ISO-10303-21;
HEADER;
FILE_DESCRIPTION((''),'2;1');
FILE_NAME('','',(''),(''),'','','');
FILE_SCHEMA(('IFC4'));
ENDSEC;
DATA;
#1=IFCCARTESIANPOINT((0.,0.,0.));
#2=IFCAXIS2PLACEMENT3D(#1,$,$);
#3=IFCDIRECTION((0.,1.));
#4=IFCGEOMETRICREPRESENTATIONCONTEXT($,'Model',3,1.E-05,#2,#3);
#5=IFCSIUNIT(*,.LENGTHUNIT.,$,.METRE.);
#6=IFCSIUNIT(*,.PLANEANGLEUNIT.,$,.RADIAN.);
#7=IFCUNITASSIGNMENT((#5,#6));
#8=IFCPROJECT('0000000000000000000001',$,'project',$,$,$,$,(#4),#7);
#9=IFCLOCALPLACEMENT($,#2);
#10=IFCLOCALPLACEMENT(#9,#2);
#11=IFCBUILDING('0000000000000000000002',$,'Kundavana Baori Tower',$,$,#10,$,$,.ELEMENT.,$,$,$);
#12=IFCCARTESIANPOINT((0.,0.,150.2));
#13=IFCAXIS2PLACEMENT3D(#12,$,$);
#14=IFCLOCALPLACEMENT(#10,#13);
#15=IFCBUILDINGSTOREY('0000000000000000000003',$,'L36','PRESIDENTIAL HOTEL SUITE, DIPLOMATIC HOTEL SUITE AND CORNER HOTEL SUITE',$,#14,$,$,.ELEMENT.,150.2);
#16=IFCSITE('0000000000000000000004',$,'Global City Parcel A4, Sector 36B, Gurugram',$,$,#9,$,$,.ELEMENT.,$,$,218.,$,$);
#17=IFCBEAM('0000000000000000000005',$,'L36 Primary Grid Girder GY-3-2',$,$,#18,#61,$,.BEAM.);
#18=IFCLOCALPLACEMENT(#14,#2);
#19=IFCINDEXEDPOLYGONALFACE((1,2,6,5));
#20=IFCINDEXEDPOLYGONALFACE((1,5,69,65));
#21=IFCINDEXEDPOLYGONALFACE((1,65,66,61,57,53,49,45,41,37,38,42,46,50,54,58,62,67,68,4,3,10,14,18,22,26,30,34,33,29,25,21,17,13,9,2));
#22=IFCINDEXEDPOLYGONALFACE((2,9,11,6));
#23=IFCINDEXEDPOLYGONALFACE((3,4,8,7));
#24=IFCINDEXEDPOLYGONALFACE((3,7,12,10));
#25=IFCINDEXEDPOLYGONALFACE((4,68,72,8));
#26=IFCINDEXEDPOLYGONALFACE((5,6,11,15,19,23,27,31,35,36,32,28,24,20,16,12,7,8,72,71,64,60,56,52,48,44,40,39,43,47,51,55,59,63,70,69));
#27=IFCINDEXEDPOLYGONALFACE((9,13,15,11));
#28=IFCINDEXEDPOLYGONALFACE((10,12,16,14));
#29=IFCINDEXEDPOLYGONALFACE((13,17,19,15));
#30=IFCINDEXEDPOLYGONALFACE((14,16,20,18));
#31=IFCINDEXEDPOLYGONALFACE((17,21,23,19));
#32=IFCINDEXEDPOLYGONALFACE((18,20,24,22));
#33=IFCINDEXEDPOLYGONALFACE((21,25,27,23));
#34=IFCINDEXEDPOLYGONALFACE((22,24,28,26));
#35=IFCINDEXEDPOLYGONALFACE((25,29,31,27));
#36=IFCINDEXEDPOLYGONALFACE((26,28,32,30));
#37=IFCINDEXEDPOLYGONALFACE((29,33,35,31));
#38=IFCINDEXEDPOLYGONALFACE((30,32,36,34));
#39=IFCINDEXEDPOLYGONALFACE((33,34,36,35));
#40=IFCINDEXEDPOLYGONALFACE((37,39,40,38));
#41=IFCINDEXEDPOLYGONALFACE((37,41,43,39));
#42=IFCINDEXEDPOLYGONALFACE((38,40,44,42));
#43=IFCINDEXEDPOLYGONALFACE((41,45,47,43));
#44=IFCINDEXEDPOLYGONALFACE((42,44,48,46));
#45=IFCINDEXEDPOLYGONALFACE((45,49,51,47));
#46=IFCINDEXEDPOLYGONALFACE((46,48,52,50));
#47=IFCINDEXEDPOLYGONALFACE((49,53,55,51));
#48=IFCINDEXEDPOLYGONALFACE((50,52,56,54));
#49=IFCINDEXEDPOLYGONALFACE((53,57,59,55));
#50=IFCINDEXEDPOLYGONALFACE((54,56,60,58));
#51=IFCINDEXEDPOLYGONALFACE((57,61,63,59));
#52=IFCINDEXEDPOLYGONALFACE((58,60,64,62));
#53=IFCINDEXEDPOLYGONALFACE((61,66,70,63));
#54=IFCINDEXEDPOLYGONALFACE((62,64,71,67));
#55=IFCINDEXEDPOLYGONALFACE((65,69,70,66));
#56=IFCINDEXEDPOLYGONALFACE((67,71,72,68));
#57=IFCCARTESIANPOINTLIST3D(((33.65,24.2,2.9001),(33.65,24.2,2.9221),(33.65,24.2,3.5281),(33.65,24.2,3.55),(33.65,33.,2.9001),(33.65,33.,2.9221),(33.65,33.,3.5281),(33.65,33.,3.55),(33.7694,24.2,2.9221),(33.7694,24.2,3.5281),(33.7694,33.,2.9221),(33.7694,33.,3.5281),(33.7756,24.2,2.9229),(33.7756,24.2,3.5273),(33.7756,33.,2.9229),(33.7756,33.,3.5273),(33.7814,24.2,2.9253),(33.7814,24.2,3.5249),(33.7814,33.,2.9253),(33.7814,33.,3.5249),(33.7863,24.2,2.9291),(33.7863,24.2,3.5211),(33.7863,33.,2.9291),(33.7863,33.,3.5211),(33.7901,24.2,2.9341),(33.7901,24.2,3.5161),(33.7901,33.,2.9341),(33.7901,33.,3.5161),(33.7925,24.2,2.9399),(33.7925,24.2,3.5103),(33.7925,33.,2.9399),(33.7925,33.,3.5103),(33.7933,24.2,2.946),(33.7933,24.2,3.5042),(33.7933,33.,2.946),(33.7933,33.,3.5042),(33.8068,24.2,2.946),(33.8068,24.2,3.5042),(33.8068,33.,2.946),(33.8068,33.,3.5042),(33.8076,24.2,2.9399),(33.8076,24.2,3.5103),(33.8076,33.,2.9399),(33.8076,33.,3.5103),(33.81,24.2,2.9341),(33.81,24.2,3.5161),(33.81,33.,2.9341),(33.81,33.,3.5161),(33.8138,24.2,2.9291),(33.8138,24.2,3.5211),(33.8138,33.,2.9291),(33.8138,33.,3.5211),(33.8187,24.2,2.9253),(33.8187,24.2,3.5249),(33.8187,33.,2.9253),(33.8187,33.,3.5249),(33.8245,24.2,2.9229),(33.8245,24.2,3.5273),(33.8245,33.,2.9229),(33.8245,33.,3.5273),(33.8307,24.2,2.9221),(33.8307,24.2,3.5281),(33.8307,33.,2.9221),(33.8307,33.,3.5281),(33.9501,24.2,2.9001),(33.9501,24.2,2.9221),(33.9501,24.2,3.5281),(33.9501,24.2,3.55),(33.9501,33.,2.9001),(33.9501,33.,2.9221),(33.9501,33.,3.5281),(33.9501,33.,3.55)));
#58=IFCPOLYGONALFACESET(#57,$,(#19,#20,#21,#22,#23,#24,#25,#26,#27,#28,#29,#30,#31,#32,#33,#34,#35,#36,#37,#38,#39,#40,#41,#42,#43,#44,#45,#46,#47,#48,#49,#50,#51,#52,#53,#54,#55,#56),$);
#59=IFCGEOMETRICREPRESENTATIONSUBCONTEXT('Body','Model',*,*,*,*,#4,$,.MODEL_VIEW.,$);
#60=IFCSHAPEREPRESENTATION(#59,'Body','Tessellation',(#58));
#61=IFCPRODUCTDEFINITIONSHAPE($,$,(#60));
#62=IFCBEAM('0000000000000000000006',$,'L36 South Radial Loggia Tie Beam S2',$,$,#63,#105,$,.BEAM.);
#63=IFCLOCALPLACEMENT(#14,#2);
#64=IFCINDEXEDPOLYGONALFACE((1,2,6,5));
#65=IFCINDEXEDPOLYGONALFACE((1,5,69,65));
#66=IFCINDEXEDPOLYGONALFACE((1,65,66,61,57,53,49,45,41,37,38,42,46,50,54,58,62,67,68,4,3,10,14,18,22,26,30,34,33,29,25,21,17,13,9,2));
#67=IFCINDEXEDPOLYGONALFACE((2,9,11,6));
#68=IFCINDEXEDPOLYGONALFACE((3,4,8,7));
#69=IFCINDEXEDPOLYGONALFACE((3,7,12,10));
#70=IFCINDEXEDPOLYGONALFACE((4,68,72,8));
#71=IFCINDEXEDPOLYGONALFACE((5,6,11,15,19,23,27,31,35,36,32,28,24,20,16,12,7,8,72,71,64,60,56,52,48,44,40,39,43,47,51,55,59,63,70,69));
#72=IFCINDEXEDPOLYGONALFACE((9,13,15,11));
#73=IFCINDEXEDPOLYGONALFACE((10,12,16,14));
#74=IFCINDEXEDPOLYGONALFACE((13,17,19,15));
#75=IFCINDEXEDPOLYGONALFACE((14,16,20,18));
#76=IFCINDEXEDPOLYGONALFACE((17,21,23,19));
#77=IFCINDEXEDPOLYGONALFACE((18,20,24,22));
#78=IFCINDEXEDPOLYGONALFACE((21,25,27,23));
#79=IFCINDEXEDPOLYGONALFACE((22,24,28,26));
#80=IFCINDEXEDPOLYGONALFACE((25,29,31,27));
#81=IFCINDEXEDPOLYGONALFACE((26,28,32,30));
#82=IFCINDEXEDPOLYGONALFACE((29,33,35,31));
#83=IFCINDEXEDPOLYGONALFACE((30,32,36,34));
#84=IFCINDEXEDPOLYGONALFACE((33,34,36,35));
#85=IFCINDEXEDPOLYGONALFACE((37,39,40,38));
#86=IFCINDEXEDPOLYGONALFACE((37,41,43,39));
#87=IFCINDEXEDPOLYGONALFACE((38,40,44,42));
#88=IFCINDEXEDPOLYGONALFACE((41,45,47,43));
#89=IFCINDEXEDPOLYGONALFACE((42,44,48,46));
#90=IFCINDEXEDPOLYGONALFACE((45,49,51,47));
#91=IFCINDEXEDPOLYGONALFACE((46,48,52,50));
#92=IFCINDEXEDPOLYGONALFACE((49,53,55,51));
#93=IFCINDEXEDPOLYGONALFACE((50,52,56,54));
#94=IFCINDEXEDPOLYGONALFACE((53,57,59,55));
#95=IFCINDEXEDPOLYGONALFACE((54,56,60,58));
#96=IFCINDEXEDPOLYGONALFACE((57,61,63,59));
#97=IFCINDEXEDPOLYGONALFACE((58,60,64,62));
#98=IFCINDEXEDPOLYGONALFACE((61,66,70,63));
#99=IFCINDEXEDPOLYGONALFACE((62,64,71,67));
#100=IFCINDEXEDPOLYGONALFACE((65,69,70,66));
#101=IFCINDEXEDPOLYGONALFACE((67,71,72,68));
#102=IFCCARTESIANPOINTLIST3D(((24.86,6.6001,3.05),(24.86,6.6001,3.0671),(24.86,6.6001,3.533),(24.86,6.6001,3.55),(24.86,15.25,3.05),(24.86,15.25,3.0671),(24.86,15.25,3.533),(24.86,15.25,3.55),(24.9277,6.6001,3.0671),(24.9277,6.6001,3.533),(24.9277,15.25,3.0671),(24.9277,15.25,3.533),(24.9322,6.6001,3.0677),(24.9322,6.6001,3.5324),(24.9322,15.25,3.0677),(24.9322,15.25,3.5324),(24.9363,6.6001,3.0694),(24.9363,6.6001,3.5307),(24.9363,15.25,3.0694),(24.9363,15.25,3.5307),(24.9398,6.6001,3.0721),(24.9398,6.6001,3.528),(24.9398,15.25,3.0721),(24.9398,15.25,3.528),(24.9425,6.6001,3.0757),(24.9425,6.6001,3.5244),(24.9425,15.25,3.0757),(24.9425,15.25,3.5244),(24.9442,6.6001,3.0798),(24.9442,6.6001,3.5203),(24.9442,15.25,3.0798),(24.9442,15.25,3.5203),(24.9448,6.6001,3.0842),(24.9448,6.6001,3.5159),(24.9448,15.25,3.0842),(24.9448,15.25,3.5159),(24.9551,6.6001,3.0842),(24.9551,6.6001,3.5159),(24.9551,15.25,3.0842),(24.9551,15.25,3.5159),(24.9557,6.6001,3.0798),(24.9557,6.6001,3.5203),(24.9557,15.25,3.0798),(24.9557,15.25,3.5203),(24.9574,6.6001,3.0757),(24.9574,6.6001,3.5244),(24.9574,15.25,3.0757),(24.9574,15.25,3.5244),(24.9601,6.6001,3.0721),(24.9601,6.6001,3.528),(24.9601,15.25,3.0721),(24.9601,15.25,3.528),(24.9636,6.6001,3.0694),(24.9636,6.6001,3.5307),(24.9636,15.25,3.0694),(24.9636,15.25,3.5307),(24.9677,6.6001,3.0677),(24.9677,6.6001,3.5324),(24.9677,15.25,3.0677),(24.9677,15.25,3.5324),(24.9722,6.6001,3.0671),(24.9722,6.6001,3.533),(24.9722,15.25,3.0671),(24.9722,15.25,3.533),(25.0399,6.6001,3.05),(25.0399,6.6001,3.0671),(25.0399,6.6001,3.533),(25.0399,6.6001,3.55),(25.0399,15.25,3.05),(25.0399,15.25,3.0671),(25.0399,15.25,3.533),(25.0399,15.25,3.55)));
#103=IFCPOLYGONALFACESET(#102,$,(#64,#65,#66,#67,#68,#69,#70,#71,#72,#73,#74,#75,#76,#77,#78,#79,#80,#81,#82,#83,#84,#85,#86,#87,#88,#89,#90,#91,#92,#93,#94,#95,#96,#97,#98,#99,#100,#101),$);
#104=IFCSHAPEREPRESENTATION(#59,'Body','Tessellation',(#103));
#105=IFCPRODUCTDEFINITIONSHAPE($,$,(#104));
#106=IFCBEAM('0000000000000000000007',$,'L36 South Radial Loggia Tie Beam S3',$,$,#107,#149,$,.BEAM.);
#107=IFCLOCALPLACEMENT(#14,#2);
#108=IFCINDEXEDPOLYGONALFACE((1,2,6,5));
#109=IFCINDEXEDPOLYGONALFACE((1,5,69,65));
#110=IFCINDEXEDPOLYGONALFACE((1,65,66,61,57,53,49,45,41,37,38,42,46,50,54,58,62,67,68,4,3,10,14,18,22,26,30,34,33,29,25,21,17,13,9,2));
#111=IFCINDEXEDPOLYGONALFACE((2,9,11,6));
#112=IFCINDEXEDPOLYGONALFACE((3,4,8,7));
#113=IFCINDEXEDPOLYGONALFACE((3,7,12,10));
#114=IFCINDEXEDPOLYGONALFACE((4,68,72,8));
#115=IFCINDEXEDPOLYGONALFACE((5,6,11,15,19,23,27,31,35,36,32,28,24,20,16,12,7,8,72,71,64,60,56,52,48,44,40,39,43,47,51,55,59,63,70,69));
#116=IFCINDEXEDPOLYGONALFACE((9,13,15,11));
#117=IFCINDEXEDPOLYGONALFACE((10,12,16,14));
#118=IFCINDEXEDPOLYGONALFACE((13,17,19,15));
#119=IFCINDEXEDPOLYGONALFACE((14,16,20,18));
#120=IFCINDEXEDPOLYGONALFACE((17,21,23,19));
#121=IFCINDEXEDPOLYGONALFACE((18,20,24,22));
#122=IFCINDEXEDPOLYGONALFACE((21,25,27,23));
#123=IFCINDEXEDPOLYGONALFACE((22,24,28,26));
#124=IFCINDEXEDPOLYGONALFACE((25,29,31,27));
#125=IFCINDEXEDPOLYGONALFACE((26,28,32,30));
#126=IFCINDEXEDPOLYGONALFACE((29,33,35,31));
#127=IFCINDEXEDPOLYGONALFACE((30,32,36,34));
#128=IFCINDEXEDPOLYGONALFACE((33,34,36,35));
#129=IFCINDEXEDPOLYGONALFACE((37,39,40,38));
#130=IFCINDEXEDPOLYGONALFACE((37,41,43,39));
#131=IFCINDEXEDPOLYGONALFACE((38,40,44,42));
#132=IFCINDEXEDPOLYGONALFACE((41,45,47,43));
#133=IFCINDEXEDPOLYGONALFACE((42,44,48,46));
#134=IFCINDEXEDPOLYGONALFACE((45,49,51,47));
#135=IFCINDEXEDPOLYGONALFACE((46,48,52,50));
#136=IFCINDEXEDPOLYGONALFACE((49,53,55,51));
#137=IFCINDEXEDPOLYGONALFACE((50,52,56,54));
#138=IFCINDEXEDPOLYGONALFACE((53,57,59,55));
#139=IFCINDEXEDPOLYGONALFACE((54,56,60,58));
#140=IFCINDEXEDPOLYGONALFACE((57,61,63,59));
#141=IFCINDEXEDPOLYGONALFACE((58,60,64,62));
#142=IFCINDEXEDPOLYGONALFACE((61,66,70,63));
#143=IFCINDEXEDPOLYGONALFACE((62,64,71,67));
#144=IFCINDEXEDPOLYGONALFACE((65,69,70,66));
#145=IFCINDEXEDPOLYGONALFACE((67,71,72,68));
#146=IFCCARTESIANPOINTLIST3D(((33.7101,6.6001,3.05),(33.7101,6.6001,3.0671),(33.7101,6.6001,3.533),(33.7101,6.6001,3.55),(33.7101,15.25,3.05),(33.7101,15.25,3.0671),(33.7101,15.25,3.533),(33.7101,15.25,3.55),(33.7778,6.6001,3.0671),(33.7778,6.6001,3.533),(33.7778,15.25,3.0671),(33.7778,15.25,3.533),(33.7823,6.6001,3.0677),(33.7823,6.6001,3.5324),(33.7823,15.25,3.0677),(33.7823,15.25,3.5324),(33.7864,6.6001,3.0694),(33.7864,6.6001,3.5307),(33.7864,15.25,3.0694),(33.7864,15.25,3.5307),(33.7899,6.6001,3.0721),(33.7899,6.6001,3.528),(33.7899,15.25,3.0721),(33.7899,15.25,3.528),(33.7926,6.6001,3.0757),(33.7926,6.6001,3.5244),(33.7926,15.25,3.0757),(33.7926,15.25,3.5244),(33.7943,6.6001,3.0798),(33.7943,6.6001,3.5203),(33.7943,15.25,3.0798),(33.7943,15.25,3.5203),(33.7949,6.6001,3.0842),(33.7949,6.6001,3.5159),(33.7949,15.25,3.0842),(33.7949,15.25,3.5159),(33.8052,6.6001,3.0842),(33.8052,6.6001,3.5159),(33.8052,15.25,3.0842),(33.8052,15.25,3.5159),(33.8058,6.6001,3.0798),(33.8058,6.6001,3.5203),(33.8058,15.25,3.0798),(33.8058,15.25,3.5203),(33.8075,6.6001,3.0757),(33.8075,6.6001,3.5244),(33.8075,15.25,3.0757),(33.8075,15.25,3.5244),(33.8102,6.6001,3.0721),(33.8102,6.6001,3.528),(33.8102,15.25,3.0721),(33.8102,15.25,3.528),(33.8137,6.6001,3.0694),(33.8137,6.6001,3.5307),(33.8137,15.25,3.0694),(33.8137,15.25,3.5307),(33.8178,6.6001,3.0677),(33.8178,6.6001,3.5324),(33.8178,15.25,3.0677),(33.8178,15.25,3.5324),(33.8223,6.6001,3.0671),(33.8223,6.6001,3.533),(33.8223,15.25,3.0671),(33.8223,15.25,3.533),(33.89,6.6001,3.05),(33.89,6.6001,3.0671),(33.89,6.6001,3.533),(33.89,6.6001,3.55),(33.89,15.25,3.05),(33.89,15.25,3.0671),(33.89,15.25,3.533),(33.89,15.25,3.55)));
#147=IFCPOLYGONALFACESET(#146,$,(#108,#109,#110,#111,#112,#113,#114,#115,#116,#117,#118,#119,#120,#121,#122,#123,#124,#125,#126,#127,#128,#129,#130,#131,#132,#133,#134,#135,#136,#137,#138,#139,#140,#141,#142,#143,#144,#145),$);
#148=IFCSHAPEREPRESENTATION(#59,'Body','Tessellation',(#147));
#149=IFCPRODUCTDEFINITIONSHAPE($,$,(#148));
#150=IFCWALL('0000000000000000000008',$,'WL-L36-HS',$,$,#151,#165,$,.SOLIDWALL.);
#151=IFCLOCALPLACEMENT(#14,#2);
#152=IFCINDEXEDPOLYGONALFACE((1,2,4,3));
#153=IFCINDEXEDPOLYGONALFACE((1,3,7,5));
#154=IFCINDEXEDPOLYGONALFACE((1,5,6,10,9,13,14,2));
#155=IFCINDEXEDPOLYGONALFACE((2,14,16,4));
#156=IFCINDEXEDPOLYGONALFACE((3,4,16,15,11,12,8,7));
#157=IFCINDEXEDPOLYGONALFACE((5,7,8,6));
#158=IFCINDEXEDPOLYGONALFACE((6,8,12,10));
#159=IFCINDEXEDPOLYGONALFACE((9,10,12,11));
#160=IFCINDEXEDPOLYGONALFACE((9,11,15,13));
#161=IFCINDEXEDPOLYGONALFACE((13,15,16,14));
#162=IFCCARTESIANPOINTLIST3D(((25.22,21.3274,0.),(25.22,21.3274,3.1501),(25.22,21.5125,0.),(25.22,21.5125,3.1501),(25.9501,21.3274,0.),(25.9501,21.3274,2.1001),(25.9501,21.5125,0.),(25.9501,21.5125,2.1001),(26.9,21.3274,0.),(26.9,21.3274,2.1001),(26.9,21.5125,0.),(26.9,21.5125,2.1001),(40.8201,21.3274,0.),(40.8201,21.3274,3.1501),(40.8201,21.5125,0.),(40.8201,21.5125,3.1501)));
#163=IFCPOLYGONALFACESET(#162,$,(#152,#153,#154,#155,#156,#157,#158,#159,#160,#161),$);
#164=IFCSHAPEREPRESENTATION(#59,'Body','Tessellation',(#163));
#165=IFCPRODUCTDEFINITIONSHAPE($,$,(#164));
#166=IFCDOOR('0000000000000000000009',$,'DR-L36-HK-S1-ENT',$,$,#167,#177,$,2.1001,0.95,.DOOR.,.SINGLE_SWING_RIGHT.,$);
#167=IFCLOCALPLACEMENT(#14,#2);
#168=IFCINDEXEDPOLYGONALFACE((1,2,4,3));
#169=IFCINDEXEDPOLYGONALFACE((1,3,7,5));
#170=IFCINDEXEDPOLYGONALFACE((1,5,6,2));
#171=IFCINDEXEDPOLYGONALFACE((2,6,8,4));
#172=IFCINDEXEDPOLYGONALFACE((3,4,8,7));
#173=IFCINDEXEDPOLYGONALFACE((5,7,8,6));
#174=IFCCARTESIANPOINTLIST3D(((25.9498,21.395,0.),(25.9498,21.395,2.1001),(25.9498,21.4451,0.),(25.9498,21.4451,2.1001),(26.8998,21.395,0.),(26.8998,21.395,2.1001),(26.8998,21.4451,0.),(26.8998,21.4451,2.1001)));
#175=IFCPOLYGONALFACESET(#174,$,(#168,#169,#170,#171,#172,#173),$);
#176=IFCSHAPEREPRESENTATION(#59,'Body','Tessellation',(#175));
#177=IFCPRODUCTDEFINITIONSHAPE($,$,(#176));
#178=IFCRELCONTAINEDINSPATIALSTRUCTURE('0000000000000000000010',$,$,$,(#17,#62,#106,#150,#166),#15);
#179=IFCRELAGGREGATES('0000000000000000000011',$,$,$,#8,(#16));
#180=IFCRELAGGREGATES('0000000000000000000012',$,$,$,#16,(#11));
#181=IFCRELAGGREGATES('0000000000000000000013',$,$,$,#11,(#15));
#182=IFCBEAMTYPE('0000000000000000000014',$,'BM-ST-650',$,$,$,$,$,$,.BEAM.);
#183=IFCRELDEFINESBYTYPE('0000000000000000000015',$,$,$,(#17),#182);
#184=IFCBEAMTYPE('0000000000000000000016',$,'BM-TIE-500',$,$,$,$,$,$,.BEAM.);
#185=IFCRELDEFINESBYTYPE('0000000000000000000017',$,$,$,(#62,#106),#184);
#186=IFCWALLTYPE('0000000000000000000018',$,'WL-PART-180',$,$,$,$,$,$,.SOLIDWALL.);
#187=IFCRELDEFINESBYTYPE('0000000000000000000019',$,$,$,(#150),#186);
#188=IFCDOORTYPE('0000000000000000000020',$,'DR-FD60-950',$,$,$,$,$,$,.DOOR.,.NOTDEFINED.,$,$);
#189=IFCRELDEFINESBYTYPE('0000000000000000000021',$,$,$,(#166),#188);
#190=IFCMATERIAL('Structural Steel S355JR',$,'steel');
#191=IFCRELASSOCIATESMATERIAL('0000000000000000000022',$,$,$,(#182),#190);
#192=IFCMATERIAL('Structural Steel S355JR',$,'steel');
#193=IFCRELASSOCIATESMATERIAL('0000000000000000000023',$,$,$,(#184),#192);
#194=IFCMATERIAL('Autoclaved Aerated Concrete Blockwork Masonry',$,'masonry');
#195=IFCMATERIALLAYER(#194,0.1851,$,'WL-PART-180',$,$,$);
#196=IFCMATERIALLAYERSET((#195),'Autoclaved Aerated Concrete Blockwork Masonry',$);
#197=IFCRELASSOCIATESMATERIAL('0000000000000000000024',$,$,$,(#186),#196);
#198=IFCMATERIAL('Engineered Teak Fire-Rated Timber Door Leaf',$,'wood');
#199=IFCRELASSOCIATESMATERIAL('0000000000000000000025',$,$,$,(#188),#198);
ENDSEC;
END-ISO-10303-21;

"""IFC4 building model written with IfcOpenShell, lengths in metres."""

from ifc_helpers import new_model, si_unit, direction, frame, frame_2d, origin, origin_2d, place, context, subcontext, project, spatial, rectangle, i_section, extrude, material, layer, layer_set, material_profile, profile_set, type_object, element, fill, save


model = new_model("IFC4")

# Units and contexts
model_context = context("Model", 3, precision=1e-05, world=origin(), true_north=direction((0.0, 1.0)))
body_context = subcontext(model_context, "Body", "Model", "MODEL_VIEW")
ifc_project = project(units=[si_unit("LENGTHUNIT", "METRE"), si_unit("PLANEANGLEUNIT", "RADIAN")], contexts=[model_context])

# Site, building, storey
site_placement = place(None, origin())
site = spatial("IfcSite", under=ifc_project, at=site_placement, Name="Global City Parcel A4, Sector 36B, Gurugram", CompositionType="ELEMENT", RefElevation=218.0)
building_placement = place(site_placement, origin())
building = spatial("IfcBuilding", under=site, at=building_placement, Name="Kundavana Baori Tower", CompositionType="ELEMENT")
storey_placement = place(building_placement, frame((0.0, 0.0, 150.2)))
storey = spatial("IfcBuildingStorey", under=building, at=storey_placement, Name="L36", Description="PRESIDENTIAL HOTEL SUITE, DIPLOMATIC HOTEL SUITE AND CORNER HOTEL SUITE", CompositionType="ELEMENT", Elevation=150.2)

# Beams
ifc_material_1 = material(Name="Structural Steel S355JR", Category="steel")
ifc_material_profile_1 = material_profile(ifc_material_1, i_section(OverallWidth=0.3, OverallDepth=0.6499, WebThickness=0.0134, FlangeThickness=0.022, FilletRadius=0.0239, at=origin_2d()), Name="NPB 650x300x155")
ifc_profile_set_1 = profile_set([ifc_material_profile_1], Name="Structural Steel S355JR")
beam_type_1 = type_object("IfcBeamType", Name="BM-ST-650", PredefinedType="BEAM", material=ifc_profile_set_1)
beam_1_placement = place(storey_placement, frame((33.8, 24.2, 3.2251), z_axis=(0.0, 1.0, 0.0), x_axis=(-1.0, 0.0, 0.0)))
element("IfcBeam", 1, at=beam_1_placement, inside=storey, type_object=beam_type_1, Name="L36 Primary Grid Girder GY-3-2", PredefinedType="BEAM", context=body_context, shape_type="SweptSolid", body=[
    extrude(i_section(OverallWidth=0.3, OverallDepth=0.6499, WebThickness=0.0134, FlangeThickness=0.022, FilletRadius=0.0239, at=origin_2d()), origin(), (0.0, 0.0, 1.0), 8.8),
])
ifc_material_2 = material(Name="Structural Steel S355JR", Category="steel")
ifc_material_profile_2 = material_profile(ifc_material_2, i_section(OverallWidth=0.1799, OverallDepth=0.5, WebThickness=0.0103, FlangeThickness=0.0171, FilletRadius=0.0171, at=origin_2d()), Name="ISMB 500")
ifc_profile_set_2 = profile_set([ifc_material_profile_2], Name="Structural Steel S355JR")
beam_type_2 = type_object("IfcBeamType", Name="BM-TIE-500", PredefinedType="BEAM", material=ifc_profile_set_2)
for number, where, z_axis, x_axis, name in (
    (2, (24.95, 15.25, 3.3), (0.0, -1.0, 0.0), (1.0, 0.0, 0.0), "L36 South Radial Loggia Tie Beam S2"),
    (3, (33.8, 15.25, 3.3), (0.0, -1.0, 0.0), (1.0, 0.0, 0.0), "L36 South Radial Loggia Tie Beam S3"),
):
    element("IfcBeam", number, at=place(storey_placement, frame(where, z_axis=z_axis, x_axis=x_axis)), inside=storey, type_object=beam_type_2, Name=name, PredefinedType="BEAM", context=body_context, shape_type="SweptSolid", body=[
        extrude(i_section(OverallWidth=0.1799, OverallDepth=0.5, WebThickness=0.0103, FlangeThickness=0.0171, FilletRadius=0.0171, at=origin_2d()), origin(), (0.0, 0.0, 1.0), 8.6499),
    ])

# Wall, opening, door
ifc_material_3 = material(Name="Autoclaved Aerated Concrete Blockwork Masonry", Category="masonry")
ifc_layer = layer(ifc_material_3, 0.1851, Name="WL-PART-180")
ifc_layer_set = layer_set([ifc_layer], Name="Autoclaved Aerated Concrete Blockwork Masonry")
wall_type = type_object("IfcWallType", Name="WL-PART-180", PredefinedType="SOLIDWALL", material=ifc_layer_set)
wall_1_placement = place(storey_placement, frame((25.22, 21.4199, 0.0), z_axis=(0.0, 0.0, 1.0), x_axis=(1.0, 0.0, 0.0)))
wall_1 = element("IfcWall", 4, at=wall_1_placement, inside=storey, type_object=wall_type, Name="WL-L36-HS", PredefinedType="SOLIDWALL", context=body_context, shape_type="SweptSolid", body=[
    extrude(rectangle(XDim=15.6001, YDim=0.1851, at=frame_2d((7.8, 0.0))), origin(), (0.0, 0.0, 1.0), 3.1501),
])
opening_1_placement = place(wall_1_placement, frame((0.73, 0.0, 0.0)))
opening_1 = element("IfcOpeningElement", 5, at=opening_1_placement, cuts=wall_1, PredefinedType="OPENING", context=body_context, shape_type="SweptSolid", body=[
    extrude(rectangle(XDim=0.95, YDim=2.1001, at=frame_2d((0.4751, 1.05))), frame((0.0, 0.1025, 0.0), z_axis=(0.0, -1.0, 0.0), x_axis=(1.0, 0.0, 0.0)), (0.0, 0.0, 1.0), 0.2051),
])
ifc_material_4 = material(Name="Engineered Teak Fire-Rated Timber Door Leaf", Category="wood")
door_type_1 = type_object("IfcDoorType", Name="DR-FD60-950", OperationType="NOTDEFINED", PredefinedType="DOOR", material=ifc_material_4)
door_1_placement = place(opening_1_placement, frame((0.95, 0.0, 0.0), z_axis=(0.0, 0.0, 1.0), x_axis=(-1.0, 0.0, 0.0)))
door_1 = element("IfcDoor", 6, at=door_1_placement, inside=storey, type_object=door_type_1, Name="DR-L36-HK-S1-ENT", OperationType="SINGLE_SWING_RIGHT", OverallHeight=2.1001, OverallWidth=0.95, PredefinedType="DOOR", context=body_context, shape_type="SweptSolid", body=[
    extrude(rectangle(XDim=0.95, YDim=2.1001, at=frame_2d((0.4751, 1.05))), frame((0.0, 0.0249, 0.0), z_axis=(0.0, -1.0, 0.0), x_axis=(1.0, 0.0, 0.0)), (0.0, 0.0, 1.0), 0.05),
])
fill(opening_1, door_1)

save(model, "model.ifc")
